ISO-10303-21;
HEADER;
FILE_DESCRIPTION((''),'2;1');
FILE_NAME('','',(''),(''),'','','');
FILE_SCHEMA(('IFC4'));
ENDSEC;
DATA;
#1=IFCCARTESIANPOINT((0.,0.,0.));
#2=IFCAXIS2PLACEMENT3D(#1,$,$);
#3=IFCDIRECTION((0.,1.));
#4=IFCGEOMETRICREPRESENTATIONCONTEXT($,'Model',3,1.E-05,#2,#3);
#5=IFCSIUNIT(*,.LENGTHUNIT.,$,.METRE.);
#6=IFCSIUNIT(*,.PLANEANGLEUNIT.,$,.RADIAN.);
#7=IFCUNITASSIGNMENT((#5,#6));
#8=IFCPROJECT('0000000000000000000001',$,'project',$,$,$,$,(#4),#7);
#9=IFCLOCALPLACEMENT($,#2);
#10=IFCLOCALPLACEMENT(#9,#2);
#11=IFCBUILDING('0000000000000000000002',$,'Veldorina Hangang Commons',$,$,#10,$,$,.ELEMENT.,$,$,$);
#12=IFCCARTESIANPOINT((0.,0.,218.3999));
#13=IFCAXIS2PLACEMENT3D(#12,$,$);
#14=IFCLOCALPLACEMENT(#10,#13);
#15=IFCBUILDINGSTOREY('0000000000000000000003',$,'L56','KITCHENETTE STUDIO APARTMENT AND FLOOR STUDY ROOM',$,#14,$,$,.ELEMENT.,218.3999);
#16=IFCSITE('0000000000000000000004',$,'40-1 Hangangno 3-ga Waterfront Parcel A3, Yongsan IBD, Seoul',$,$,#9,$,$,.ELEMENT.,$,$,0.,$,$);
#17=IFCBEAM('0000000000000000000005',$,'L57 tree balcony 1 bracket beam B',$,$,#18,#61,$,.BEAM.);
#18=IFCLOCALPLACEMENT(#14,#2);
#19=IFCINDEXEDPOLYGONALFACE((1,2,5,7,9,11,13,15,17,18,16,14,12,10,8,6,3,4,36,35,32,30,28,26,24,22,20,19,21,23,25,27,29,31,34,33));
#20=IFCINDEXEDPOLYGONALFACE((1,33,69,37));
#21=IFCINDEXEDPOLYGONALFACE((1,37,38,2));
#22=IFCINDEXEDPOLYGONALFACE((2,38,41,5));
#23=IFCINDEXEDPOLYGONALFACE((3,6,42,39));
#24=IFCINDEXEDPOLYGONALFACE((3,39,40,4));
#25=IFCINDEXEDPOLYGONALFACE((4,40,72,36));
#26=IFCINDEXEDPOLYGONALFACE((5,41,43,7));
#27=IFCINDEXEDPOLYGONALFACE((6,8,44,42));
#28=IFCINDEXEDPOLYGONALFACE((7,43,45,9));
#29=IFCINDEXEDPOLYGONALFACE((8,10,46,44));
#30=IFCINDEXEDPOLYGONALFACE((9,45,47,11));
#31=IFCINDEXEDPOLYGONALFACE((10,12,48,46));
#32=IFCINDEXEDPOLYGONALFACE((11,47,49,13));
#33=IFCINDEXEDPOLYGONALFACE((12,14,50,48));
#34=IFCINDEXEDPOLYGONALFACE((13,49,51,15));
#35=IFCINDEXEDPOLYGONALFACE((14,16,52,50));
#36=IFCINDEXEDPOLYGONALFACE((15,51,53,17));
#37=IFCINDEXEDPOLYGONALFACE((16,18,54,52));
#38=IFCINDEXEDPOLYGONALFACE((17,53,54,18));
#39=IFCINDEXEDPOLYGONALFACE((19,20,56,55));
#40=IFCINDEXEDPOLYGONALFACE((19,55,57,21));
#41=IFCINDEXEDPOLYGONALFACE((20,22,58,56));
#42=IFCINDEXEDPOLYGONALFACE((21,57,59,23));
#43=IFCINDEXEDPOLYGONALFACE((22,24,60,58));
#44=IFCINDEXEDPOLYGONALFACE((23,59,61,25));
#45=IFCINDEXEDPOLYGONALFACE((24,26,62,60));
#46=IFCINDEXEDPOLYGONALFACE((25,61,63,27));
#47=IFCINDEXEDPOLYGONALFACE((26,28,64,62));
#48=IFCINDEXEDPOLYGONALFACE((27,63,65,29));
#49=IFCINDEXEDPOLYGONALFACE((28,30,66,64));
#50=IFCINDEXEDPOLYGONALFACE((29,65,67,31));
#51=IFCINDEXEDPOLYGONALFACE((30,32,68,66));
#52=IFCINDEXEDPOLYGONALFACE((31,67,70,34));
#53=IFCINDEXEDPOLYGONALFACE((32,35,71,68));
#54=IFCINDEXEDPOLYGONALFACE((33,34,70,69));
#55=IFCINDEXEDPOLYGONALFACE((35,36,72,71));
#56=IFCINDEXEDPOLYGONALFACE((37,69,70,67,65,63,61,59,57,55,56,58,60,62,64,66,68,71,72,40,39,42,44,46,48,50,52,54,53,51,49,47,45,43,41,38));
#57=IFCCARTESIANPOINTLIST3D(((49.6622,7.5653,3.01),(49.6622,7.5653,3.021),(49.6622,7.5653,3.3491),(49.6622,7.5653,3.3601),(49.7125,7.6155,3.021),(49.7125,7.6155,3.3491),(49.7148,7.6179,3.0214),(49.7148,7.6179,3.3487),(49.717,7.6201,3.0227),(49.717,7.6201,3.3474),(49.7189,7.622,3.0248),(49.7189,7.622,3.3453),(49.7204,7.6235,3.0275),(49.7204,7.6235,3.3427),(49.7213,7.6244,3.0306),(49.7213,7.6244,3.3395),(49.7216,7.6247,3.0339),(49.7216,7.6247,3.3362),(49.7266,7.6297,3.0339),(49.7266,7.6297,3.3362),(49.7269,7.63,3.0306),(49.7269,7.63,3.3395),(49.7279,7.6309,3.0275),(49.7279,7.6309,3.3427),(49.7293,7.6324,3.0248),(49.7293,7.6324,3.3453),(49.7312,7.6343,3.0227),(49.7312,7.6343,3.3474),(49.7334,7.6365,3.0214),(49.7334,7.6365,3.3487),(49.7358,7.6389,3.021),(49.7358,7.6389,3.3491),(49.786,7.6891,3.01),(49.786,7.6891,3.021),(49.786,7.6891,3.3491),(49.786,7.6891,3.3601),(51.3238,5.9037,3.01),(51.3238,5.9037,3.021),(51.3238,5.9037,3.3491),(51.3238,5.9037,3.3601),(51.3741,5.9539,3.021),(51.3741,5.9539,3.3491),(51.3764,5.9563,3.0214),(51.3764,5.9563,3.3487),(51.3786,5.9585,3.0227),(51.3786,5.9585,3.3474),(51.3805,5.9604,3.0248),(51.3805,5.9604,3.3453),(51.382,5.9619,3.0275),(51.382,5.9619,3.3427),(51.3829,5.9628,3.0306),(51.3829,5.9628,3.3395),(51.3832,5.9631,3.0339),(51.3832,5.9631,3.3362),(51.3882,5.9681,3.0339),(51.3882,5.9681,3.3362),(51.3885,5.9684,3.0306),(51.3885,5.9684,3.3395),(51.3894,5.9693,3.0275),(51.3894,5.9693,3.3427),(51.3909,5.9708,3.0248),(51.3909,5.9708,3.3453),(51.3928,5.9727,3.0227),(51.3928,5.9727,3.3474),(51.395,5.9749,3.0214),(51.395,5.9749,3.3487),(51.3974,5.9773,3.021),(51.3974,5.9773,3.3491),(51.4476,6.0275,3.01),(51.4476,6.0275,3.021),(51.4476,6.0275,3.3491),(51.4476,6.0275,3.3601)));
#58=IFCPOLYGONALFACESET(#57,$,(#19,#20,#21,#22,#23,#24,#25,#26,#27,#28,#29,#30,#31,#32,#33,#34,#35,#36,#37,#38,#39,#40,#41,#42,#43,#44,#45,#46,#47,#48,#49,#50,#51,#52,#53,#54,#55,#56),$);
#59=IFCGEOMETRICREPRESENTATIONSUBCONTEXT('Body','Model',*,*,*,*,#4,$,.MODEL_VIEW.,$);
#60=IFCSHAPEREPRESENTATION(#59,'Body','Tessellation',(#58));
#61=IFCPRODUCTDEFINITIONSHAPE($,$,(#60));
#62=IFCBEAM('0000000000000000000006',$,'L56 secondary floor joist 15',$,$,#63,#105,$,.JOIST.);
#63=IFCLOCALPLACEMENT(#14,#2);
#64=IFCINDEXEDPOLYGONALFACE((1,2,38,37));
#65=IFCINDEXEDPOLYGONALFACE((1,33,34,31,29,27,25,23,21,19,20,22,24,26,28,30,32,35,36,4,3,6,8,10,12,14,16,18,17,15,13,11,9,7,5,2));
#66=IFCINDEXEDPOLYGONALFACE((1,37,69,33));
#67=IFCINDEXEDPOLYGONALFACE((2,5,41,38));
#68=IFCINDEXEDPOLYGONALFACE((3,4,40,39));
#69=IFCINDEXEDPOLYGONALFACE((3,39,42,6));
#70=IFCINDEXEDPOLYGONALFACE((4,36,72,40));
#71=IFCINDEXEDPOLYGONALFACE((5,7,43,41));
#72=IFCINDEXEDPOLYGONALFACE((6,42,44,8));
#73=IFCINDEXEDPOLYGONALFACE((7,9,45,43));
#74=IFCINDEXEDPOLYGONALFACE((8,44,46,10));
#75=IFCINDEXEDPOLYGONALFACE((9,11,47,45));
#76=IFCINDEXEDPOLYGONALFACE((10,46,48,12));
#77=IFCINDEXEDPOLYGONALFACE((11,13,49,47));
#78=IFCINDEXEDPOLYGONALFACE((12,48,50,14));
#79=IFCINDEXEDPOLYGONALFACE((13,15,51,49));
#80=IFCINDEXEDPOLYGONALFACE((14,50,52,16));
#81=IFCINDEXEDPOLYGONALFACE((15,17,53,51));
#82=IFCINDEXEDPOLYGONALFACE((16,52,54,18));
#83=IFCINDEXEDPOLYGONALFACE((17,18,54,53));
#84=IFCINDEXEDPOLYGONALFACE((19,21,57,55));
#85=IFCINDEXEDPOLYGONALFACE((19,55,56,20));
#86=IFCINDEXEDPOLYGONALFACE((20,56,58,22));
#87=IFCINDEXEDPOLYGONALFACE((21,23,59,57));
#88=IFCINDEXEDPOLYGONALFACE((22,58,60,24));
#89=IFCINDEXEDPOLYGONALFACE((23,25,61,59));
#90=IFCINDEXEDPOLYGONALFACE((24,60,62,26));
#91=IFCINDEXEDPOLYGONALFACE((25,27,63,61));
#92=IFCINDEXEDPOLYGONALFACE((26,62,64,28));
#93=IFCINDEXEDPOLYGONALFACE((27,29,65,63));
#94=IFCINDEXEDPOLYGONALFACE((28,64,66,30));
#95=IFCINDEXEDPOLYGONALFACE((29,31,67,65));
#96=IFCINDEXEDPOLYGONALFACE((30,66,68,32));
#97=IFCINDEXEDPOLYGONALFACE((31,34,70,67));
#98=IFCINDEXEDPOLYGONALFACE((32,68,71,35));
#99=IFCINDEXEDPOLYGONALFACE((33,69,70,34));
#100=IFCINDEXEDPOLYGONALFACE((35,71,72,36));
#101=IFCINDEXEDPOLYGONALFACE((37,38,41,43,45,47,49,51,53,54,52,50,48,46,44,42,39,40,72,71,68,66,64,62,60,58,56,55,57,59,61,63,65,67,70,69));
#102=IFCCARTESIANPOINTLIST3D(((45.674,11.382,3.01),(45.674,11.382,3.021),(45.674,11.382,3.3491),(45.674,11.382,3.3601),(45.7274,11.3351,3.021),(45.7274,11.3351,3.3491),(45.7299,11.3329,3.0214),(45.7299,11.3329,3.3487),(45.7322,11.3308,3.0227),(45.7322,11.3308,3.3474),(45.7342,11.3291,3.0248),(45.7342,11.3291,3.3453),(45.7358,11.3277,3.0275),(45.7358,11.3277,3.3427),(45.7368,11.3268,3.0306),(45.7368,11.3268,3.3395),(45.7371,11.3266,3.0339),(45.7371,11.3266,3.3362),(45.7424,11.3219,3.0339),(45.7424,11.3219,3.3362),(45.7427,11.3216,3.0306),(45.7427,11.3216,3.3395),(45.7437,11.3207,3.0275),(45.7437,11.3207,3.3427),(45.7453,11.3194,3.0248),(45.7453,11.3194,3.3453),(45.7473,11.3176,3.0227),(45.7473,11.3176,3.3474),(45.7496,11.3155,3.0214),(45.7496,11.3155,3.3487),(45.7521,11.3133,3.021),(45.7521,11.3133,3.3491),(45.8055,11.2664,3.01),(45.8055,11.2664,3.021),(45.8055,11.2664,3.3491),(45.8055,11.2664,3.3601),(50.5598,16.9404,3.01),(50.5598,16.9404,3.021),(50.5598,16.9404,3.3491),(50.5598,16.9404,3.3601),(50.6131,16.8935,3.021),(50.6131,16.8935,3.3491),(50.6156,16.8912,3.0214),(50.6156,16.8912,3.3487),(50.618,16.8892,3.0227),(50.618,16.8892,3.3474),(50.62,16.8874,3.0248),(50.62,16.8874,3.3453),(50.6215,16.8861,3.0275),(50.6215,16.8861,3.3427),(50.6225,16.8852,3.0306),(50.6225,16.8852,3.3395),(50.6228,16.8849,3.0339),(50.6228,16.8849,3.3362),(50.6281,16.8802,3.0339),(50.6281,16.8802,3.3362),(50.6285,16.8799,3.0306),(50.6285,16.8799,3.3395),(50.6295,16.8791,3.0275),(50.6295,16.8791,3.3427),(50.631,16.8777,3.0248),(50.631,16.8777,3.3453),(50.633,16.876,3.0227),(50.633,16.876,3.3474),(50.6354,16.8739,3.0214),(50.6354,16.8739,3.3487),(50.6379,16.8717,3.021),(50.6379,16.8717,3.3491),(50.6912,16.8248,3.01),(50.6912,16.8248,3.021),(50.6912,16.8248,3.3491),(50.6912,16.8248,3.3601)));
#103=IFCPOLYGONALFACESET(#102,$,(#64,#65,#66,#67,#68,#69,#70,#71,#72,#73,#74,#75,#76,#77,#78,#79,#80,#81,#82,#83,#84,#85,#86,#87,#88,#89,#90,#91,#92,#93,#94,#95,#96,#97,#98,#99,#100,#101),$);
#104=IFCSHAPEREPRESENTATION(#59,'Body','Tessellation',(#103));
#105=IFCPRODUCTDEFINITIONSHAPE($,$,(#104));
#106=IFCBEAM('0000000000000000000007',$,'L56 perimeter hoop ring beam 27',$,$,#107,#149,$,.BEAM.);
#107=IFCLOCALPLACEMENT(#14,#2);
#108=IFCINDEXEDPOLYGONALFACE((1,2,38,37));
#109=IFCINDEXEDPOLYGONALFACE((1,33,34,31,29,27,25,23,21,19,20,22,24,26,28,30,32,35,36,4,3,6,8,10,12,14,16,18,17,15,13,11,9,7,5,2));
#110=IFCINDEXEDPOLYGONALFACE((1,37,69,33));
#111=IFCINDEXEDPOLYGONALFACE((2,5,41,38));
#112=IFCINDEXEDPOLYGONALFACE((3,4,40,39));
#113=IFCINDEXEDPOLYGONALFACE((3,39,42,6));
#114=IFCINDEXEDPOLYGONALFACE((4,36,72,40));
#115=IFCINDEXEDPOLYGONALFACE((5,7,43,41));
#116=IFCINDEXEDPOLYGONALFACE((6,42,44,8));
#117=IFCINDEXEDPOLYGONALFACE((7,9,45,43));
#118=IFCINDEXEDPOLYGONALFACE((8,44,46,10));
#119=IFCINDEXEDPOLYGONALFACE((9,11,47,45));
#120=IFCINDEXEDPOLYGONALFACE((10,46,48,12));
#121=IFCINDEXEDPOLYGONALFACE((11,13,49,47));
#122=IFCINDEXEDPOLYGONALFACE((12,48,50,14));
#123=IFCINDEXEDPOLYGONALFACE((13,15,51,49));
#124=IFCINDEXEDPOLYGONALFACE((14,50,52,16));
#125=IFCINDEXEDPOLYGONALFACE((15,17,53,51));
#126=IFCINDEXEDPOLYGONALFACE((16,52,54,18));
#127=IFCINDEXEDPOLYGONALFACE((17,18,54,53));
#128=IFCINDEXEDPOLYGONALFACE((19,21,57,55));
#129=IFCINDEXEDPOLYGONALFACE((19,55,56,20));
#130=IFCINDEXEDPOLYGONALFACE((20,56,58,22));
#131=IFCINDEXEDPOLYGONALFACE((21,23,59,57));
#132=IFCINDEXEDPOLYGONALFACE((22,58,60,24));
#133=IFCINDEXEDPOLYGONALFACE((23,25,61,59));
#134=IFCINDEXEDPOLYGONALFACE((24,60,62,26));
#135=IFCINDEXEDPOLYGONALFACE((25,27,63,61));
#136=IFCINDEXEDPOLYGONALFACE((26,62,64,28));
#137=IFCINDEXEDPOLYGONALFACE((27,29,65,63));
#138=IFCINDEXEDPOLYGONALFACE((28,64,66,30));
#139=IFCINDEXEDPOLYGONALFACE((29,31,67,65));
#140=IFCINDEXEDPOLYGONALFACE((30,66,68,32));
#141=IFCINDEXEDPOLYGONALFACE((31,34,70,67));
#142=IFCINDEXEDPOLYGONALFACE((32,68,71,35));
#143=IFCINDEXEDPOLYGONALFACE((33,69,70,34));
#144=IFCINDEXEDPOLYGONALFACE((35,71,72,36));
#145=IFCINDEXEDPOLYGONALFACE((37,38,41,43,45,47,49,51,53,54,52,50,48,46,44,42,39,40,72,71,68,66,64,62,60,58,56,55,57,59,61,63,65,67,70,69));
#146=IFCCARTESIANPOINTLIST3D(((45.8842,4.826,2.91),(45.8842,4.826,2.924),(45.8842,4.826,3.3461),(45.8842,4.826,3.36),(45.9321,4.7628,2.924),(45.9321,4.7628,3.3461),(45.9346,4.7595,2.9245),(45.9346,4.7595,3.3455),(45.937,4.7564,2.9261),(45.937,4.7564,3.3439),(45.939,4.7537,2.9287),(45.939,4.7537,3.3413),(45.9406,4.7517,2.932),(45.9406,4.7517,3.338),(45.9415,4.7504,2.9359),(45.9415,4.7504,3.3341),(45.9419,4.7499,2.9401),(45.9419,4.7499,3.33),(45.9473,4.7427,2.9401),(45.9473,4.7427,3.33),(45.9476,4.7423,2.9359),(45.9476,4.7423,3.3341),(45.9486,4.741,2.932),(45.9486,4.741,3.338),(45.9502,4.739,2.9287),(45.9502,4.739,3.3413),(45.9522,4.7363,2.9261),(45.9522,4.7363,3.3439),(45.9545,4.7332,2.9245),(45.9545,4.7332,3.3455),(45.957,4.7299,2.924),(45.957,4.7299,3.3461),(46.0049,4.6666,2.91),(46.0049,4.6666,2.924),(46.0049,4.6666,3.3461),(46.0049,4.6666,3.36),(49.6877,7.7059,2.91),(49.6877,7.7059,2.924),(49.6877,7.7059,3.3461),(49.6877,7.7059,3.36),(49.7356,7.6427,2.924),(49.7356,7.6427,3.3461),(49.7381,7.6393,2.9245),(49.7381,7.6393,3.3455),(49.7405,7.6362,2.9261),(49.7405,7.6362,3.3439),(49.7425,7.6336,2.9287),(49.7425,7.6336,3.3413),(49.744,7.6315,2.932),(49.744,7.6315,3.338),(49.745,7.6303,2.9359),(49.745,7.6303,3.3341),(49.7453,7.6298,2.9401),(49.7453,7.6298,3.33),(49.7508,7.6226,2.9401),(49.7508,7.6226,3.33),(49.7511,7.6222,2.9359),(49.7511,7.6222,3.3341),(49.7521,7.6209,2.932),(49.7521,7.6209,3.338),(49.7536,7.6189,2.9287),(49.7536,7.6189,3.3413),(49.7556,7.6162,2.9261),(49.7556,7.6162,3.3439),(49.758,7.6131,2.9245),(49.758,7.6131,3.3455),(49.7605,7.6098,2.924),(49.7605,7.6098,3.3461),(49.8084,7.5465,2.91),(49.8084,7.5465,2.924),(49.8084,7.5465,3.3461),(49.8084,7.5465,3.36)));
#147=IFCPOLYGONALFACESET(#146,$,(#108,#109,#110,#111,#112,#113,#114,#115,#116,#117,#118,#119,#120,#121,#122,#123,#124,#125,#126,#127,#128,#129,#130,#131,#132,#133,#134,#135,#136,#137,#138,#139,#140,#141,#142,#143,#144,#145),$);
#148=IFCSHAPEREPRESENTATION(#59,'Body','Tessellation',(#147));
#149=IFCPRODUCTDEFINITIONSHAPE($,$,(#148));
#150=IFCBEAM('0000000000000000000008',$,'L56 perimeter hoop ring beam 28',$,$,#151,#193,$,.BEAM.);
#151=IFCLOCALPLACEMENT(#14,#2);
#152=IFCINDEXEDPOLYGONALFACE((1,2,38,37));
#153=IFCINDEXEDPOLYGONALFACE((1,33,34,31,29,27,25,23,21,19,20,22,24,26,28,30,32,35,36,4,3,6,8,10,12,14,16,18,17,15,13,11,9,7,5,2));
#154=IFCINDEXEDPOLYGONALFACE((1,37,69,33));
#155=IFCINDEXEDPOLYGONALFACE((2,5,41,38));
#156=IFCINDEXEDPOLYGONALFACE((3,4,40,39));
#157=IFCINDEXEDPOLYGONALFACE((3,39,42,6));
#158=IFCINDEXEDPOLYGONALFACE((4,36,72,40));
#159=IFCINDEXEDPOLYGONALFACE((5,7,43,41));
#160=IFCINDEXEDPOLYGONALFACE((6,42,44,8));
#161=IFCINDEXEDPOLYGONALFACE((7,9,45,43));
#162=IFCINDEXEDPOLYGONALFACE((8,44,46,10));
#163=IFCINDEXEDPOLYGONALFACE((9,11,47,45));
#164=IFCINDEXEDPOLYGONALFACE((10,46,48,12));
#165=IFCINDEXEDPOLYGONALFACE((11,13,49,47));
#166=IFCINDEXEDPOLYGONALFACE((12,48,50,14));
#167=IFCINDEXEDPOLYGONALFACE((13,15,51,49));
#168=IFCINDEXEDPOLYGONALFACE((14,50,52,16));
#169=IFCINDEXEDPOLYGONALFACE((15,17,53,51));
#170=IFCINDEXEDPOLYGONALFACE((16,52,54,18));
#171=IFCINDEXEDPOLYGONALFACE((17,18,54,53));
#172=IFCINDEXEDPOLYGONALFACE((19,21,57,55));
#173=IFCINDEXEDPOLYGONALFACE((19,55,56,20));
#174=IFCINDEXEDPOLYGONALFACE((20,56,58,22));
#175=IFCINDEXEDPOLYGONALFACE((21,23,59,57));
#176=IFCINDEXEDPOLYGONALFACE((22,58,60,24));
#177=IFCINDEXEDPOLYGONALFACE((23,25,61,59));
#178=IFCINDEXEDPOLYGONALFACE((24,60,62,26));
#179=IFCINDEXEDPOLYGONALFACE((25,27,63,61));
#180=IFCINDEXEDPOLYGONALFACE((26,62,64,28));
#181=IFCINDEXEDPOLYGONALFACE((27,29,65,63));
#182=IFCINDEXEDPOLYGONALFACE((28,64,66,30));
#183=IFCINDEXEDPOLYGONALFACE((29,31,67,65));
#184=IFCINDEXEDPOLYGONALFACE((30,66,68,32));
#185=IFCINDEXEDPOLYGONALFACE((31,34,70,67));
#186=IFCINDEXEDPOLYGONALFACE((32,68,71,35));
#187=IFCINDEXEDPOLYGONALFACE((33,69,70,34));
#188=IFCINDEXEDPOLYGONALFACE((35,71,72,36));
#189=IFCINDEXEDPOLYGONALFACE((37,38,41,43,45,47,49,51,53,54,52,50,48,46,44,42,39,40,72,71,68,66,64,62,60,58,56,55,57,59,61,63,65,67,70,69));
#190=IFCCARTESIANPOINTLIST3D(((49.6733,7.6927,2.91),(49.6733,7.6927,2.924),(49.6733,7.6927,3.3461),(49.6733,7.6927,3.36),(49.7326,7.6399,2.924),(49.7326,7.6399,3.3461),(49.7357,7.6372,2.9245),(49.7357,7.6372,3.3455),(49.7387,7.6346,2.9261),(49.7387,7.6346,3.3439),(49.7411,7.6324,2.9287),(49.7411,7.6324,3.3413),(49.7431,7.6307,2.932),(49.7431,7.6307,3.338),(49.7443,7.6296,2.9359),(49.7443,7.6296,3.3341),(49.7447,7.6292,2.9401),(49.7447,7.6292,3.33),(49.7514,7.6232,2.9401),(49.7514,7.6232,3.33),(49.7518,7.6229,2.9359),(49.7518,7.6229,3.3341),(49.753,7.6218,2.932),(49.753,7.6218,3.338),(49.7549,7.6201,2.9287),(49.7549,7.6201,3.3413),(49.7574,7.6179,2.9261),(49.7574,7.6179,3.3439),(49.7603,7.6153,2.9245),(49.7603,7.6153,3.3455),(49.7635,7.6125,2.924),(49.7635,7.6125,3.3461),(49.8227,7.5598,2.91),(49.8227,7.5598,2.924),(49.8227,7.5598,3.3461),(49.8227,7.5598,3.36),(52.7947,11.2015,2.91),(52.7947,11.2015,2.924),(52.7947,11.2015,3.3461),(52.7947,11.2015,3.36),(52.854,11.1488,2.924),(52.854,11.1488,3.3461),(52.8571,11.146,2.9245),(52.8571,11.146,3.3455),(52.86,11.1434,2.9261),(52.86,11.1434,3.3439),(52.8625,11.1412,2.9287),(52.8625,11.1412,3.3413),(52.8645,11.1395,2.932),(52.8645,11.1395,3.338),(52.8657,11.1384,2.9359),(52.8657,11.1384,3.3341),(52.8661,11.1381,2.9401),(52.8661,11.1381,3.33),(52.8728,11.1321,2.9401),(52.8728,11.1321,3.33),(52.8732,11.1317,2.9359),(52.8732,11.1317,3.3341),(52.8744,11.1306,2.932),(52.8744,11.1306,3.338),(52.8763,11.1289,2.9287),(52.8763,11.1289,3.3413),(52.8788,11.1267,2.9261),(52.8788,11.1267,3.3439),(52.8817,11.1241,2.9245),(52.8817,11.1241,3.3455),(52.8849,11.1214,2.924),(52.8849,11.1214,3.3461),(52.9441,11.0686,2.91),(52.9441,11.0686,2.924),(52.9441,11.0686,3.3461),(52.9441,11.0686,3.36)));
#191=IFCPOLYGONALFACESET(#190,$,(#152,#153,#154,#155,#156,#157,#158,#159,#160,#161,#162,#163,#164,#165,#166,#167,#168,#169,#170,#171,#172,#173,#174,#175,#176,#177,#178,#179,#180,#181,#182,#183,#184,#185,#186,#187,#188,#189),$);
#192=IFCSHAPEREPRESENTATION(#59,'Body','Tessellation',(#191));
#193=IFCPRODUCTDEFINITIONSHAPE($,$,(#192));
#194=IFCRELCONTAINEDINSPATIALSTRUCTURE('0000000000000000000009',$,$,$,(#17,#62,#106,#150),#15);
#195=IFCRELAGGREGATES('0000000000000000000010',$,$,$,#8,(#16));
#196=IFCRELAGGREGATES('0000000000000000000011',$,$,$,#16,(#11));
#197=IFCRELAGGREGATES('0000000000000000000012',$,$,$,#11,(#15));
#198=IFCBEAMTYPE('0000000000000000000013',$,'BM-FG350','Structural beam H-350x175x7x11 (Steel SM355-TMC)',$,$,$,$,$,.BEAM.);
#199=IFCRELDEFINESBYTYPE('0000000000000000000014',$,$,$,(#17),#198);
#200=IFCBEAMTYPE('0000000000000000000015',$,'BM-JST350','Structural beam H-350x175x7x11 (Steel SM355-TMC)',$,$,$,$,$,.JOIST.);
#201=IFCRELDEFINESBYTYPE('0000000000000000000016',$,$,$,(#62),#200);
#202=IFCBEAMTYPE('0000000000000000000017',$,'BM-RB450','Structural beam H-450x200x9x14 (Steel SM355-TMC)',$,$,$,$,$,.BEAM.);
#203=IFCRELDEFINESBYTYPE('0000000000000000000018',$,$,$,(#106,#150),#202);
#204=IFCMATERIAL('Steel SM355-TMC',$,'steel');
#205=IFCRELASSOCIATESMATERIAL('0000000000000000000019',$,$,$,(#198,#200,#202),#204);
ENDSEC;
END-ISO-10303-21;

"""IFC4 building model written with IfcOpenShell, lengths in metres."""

from ifc_helpers import new_model, si_unit, direction, frame, origin, origin_2d, place, context, subcontext, project, spatial, i_section, extrude, material, material_profile, profile_set, type_object, element, save


model = new_model("IFC4")

# Units and contexts
model_context = context("Model", 3, precision=1e-05, world=origin(), true_north=direction((0.0, 1.0)))
body_context = subcontext(model_context, "Body", "Model", "MODEL_VIEW")
ifc_project = project(units=[si_unit("LENGTHUNIT", "METRE"), si_unit("PLANEANGLEUNIT", "RADIAN")], contexts=[model_context])

# Site, building, storey
site_placement = place(None, origin())
site = spatial("IfcSite", under=ifc_project, at=site_placement, Name="40-1 Hangangno 3-ga Waterfront Parcel A3, Yongsan IBD, Seoul", CompositionType="ELEMENT", RefElevation=0.0)
building_placement = place(site_placement, origin())
building = spatial("IfcBuilding", under=site, at=building_placement, Name="Veldorina Hangang Commons", CompositionType="ELEMENT")
storey_placement = place(building_placement, frame((0.0, 0.0, 218.3999)))
storey = spatial("IfcBuildingStorey", under=building, at=storey_placement, Name="L56", Description="KITCHENETTE STUDIO APARTMENT AND FLOOR STUDY ROOM", CompositionType="ELEMENT", Elevation=218.3999)

# Beams
ifc_material_1 = material(Name="Steel SM355-TMC", Category="steel")
ifc_material_profile_1 = material_profile(ifc_material_1, i_section(OverallWidth=0.175, OverallDepth=0.3501, WebThickness=0.0071, FlangeThickness=0.011, FilletRadius=0.0129, at=origin_2d()), Name="H-350x175x7x11")
ifc_profile_set_1 = profile_set([ifc_material_profile_1], Name="Steel SM355-TMC")
beam_type_1 = type_object("IfcBeamType", Name="BM-FG350", Description="Structural beam H-350x175x7x11 (Steel SM355-TMC)", PredefinedType="BEAM", material=ifc_profile_set_1)
beam_1_placement = place(storey_placement, frame((49.7241, 7.6272, 3.1851), z_axis=(0.707107, -0.707107, 0.0), x_axis=(0.707107, 0.707107, 0.0)))
element("IfcBeam", 1, at=beam_1_placement, inside=storey, type_object=beam_type_1, Name="L57 tree balcony 1 bracket beam B", PredefinedType="BEAM", context=body_context, shape_type="SweptSolid", body=[
    extrude(i_section(OverallWidth=0.175, OverallDepth=0.3501, WebThickness=0.0071, FlangeThickness=0.011, FilletRadius=0.0129, at=origin_2d()), origin(), (0.0, 0.0, 1.0), 2.3499),
])
ifc_material_profile_2 = material_profile(ifc_material_1, i_section(OverallWidth=0.175, OverallDepth=0.3501, WebThickness=0.0071, FlangeThickness=0.011, FilletRadius=0.0129, at=origin_2d()), Name="H-350x175x7x11")
ifc_profile_set_2 = profile_set([ifc_material_profile_2], Name="Steel SM355-TMC")
beam_type_2 = type_object("IfcBeamType", Name="BM-JST350", Description="Structural beam H-350x175x7x11 (Steel SM355-TMC)", PredefinedType="JOIST", material=ifc_profile_set_2)
beam_2_placement = place(storey_placement, frame((45.7397, 11.3242, 3.1851), z_axis=(0.660201, 0.751089, 0.0), x_axis=(-0.751089, 0.660201, 0.0)))
element("IfcBeam", 2, at=beam_2_placement, inside=storey, type_object=beam_type_2, Name="L56 secondary floor joist 15", PredefinedType="JOIST", context=body_context, shape_type="SweptSolid", body=[
    extrude(i_section(OverallWidth=0.175, OverallDepth=0.3501, WebThickness=0.0071, FlangeThickness=0.011, FilletRadius=0.0129, at=origin_2d()), origin(), (0.0, 0.0, 1.0), 7.4004),
])
ifc_material_profile_3 = material_profile(ifc_material_1, i_section(OverallWidth=0.2, OverallDepth=0.45, WebThickness=0.009, FlangeThickness=0.0139, FilletRadius=0.0161, at=origin_2d()), Name="H-450x200x9x14")
ifc_profile_set_3 = profile_set([ifc_material_profile_3], Name="Steel SM355-TMC")
beam_type_3 = type_object("IfcBeamType", Name="BM-RB450", Description="Structural beam H-450x200x9x14 (Steel SM355-TMC)", PredefinedType="BEAM", material=ifc_profile_set_3)
beam_3_placement = place(storey_placement, frame((45.9446, 4.7463, 3.135), z_axis=(0.797247, 0.603654, 0.0), x_axis=(-0.603654, 0.797247, 0.0)))
element("IfcBeam", 3, at=beam_3_placement, inside=storey, type_object=beam_type_3, Name="L56 perimeter hoop ring beam 27", PredefinedType="BEAM", context=body_context, shape_type="SweptSolid", body=[
    extrude(i_section(OverallWidth=0.2, OverallDepth=0.45, WebThickness=0.009, FlangeThickness=0.0139, FilletRadius=0.0161, at=origin_2d()), origin(), (0.0, 0.0, 1.0), 4.7708),
])
beam_4_placement = place(storey_placement, frame((49.748, 7.6262, 3.135), z_axis=(0.664651, 0.747154, 0.0), x_axis=(-0.747154, 0.664651, 0.0)))
element("IfcBeam", 4, at=beam_4_placement, inside=storey, type_object=beam_type_3, Name="L56 perimeter hoop ring beam 28", PredefinedType="BEAM", context=body_context, shape_type="SweptSolid", body=[
    extrude(i_section(OverallWidth=0.2, OverallDepth=0.45, WebThickness=0.009, FlangeThickness=0.0139, FilletRadius=0.0161, at=origin_2d()), origin(), (0.0, 0.0, 1.0), 4.6963),
])

save(model, "model.ifc")
